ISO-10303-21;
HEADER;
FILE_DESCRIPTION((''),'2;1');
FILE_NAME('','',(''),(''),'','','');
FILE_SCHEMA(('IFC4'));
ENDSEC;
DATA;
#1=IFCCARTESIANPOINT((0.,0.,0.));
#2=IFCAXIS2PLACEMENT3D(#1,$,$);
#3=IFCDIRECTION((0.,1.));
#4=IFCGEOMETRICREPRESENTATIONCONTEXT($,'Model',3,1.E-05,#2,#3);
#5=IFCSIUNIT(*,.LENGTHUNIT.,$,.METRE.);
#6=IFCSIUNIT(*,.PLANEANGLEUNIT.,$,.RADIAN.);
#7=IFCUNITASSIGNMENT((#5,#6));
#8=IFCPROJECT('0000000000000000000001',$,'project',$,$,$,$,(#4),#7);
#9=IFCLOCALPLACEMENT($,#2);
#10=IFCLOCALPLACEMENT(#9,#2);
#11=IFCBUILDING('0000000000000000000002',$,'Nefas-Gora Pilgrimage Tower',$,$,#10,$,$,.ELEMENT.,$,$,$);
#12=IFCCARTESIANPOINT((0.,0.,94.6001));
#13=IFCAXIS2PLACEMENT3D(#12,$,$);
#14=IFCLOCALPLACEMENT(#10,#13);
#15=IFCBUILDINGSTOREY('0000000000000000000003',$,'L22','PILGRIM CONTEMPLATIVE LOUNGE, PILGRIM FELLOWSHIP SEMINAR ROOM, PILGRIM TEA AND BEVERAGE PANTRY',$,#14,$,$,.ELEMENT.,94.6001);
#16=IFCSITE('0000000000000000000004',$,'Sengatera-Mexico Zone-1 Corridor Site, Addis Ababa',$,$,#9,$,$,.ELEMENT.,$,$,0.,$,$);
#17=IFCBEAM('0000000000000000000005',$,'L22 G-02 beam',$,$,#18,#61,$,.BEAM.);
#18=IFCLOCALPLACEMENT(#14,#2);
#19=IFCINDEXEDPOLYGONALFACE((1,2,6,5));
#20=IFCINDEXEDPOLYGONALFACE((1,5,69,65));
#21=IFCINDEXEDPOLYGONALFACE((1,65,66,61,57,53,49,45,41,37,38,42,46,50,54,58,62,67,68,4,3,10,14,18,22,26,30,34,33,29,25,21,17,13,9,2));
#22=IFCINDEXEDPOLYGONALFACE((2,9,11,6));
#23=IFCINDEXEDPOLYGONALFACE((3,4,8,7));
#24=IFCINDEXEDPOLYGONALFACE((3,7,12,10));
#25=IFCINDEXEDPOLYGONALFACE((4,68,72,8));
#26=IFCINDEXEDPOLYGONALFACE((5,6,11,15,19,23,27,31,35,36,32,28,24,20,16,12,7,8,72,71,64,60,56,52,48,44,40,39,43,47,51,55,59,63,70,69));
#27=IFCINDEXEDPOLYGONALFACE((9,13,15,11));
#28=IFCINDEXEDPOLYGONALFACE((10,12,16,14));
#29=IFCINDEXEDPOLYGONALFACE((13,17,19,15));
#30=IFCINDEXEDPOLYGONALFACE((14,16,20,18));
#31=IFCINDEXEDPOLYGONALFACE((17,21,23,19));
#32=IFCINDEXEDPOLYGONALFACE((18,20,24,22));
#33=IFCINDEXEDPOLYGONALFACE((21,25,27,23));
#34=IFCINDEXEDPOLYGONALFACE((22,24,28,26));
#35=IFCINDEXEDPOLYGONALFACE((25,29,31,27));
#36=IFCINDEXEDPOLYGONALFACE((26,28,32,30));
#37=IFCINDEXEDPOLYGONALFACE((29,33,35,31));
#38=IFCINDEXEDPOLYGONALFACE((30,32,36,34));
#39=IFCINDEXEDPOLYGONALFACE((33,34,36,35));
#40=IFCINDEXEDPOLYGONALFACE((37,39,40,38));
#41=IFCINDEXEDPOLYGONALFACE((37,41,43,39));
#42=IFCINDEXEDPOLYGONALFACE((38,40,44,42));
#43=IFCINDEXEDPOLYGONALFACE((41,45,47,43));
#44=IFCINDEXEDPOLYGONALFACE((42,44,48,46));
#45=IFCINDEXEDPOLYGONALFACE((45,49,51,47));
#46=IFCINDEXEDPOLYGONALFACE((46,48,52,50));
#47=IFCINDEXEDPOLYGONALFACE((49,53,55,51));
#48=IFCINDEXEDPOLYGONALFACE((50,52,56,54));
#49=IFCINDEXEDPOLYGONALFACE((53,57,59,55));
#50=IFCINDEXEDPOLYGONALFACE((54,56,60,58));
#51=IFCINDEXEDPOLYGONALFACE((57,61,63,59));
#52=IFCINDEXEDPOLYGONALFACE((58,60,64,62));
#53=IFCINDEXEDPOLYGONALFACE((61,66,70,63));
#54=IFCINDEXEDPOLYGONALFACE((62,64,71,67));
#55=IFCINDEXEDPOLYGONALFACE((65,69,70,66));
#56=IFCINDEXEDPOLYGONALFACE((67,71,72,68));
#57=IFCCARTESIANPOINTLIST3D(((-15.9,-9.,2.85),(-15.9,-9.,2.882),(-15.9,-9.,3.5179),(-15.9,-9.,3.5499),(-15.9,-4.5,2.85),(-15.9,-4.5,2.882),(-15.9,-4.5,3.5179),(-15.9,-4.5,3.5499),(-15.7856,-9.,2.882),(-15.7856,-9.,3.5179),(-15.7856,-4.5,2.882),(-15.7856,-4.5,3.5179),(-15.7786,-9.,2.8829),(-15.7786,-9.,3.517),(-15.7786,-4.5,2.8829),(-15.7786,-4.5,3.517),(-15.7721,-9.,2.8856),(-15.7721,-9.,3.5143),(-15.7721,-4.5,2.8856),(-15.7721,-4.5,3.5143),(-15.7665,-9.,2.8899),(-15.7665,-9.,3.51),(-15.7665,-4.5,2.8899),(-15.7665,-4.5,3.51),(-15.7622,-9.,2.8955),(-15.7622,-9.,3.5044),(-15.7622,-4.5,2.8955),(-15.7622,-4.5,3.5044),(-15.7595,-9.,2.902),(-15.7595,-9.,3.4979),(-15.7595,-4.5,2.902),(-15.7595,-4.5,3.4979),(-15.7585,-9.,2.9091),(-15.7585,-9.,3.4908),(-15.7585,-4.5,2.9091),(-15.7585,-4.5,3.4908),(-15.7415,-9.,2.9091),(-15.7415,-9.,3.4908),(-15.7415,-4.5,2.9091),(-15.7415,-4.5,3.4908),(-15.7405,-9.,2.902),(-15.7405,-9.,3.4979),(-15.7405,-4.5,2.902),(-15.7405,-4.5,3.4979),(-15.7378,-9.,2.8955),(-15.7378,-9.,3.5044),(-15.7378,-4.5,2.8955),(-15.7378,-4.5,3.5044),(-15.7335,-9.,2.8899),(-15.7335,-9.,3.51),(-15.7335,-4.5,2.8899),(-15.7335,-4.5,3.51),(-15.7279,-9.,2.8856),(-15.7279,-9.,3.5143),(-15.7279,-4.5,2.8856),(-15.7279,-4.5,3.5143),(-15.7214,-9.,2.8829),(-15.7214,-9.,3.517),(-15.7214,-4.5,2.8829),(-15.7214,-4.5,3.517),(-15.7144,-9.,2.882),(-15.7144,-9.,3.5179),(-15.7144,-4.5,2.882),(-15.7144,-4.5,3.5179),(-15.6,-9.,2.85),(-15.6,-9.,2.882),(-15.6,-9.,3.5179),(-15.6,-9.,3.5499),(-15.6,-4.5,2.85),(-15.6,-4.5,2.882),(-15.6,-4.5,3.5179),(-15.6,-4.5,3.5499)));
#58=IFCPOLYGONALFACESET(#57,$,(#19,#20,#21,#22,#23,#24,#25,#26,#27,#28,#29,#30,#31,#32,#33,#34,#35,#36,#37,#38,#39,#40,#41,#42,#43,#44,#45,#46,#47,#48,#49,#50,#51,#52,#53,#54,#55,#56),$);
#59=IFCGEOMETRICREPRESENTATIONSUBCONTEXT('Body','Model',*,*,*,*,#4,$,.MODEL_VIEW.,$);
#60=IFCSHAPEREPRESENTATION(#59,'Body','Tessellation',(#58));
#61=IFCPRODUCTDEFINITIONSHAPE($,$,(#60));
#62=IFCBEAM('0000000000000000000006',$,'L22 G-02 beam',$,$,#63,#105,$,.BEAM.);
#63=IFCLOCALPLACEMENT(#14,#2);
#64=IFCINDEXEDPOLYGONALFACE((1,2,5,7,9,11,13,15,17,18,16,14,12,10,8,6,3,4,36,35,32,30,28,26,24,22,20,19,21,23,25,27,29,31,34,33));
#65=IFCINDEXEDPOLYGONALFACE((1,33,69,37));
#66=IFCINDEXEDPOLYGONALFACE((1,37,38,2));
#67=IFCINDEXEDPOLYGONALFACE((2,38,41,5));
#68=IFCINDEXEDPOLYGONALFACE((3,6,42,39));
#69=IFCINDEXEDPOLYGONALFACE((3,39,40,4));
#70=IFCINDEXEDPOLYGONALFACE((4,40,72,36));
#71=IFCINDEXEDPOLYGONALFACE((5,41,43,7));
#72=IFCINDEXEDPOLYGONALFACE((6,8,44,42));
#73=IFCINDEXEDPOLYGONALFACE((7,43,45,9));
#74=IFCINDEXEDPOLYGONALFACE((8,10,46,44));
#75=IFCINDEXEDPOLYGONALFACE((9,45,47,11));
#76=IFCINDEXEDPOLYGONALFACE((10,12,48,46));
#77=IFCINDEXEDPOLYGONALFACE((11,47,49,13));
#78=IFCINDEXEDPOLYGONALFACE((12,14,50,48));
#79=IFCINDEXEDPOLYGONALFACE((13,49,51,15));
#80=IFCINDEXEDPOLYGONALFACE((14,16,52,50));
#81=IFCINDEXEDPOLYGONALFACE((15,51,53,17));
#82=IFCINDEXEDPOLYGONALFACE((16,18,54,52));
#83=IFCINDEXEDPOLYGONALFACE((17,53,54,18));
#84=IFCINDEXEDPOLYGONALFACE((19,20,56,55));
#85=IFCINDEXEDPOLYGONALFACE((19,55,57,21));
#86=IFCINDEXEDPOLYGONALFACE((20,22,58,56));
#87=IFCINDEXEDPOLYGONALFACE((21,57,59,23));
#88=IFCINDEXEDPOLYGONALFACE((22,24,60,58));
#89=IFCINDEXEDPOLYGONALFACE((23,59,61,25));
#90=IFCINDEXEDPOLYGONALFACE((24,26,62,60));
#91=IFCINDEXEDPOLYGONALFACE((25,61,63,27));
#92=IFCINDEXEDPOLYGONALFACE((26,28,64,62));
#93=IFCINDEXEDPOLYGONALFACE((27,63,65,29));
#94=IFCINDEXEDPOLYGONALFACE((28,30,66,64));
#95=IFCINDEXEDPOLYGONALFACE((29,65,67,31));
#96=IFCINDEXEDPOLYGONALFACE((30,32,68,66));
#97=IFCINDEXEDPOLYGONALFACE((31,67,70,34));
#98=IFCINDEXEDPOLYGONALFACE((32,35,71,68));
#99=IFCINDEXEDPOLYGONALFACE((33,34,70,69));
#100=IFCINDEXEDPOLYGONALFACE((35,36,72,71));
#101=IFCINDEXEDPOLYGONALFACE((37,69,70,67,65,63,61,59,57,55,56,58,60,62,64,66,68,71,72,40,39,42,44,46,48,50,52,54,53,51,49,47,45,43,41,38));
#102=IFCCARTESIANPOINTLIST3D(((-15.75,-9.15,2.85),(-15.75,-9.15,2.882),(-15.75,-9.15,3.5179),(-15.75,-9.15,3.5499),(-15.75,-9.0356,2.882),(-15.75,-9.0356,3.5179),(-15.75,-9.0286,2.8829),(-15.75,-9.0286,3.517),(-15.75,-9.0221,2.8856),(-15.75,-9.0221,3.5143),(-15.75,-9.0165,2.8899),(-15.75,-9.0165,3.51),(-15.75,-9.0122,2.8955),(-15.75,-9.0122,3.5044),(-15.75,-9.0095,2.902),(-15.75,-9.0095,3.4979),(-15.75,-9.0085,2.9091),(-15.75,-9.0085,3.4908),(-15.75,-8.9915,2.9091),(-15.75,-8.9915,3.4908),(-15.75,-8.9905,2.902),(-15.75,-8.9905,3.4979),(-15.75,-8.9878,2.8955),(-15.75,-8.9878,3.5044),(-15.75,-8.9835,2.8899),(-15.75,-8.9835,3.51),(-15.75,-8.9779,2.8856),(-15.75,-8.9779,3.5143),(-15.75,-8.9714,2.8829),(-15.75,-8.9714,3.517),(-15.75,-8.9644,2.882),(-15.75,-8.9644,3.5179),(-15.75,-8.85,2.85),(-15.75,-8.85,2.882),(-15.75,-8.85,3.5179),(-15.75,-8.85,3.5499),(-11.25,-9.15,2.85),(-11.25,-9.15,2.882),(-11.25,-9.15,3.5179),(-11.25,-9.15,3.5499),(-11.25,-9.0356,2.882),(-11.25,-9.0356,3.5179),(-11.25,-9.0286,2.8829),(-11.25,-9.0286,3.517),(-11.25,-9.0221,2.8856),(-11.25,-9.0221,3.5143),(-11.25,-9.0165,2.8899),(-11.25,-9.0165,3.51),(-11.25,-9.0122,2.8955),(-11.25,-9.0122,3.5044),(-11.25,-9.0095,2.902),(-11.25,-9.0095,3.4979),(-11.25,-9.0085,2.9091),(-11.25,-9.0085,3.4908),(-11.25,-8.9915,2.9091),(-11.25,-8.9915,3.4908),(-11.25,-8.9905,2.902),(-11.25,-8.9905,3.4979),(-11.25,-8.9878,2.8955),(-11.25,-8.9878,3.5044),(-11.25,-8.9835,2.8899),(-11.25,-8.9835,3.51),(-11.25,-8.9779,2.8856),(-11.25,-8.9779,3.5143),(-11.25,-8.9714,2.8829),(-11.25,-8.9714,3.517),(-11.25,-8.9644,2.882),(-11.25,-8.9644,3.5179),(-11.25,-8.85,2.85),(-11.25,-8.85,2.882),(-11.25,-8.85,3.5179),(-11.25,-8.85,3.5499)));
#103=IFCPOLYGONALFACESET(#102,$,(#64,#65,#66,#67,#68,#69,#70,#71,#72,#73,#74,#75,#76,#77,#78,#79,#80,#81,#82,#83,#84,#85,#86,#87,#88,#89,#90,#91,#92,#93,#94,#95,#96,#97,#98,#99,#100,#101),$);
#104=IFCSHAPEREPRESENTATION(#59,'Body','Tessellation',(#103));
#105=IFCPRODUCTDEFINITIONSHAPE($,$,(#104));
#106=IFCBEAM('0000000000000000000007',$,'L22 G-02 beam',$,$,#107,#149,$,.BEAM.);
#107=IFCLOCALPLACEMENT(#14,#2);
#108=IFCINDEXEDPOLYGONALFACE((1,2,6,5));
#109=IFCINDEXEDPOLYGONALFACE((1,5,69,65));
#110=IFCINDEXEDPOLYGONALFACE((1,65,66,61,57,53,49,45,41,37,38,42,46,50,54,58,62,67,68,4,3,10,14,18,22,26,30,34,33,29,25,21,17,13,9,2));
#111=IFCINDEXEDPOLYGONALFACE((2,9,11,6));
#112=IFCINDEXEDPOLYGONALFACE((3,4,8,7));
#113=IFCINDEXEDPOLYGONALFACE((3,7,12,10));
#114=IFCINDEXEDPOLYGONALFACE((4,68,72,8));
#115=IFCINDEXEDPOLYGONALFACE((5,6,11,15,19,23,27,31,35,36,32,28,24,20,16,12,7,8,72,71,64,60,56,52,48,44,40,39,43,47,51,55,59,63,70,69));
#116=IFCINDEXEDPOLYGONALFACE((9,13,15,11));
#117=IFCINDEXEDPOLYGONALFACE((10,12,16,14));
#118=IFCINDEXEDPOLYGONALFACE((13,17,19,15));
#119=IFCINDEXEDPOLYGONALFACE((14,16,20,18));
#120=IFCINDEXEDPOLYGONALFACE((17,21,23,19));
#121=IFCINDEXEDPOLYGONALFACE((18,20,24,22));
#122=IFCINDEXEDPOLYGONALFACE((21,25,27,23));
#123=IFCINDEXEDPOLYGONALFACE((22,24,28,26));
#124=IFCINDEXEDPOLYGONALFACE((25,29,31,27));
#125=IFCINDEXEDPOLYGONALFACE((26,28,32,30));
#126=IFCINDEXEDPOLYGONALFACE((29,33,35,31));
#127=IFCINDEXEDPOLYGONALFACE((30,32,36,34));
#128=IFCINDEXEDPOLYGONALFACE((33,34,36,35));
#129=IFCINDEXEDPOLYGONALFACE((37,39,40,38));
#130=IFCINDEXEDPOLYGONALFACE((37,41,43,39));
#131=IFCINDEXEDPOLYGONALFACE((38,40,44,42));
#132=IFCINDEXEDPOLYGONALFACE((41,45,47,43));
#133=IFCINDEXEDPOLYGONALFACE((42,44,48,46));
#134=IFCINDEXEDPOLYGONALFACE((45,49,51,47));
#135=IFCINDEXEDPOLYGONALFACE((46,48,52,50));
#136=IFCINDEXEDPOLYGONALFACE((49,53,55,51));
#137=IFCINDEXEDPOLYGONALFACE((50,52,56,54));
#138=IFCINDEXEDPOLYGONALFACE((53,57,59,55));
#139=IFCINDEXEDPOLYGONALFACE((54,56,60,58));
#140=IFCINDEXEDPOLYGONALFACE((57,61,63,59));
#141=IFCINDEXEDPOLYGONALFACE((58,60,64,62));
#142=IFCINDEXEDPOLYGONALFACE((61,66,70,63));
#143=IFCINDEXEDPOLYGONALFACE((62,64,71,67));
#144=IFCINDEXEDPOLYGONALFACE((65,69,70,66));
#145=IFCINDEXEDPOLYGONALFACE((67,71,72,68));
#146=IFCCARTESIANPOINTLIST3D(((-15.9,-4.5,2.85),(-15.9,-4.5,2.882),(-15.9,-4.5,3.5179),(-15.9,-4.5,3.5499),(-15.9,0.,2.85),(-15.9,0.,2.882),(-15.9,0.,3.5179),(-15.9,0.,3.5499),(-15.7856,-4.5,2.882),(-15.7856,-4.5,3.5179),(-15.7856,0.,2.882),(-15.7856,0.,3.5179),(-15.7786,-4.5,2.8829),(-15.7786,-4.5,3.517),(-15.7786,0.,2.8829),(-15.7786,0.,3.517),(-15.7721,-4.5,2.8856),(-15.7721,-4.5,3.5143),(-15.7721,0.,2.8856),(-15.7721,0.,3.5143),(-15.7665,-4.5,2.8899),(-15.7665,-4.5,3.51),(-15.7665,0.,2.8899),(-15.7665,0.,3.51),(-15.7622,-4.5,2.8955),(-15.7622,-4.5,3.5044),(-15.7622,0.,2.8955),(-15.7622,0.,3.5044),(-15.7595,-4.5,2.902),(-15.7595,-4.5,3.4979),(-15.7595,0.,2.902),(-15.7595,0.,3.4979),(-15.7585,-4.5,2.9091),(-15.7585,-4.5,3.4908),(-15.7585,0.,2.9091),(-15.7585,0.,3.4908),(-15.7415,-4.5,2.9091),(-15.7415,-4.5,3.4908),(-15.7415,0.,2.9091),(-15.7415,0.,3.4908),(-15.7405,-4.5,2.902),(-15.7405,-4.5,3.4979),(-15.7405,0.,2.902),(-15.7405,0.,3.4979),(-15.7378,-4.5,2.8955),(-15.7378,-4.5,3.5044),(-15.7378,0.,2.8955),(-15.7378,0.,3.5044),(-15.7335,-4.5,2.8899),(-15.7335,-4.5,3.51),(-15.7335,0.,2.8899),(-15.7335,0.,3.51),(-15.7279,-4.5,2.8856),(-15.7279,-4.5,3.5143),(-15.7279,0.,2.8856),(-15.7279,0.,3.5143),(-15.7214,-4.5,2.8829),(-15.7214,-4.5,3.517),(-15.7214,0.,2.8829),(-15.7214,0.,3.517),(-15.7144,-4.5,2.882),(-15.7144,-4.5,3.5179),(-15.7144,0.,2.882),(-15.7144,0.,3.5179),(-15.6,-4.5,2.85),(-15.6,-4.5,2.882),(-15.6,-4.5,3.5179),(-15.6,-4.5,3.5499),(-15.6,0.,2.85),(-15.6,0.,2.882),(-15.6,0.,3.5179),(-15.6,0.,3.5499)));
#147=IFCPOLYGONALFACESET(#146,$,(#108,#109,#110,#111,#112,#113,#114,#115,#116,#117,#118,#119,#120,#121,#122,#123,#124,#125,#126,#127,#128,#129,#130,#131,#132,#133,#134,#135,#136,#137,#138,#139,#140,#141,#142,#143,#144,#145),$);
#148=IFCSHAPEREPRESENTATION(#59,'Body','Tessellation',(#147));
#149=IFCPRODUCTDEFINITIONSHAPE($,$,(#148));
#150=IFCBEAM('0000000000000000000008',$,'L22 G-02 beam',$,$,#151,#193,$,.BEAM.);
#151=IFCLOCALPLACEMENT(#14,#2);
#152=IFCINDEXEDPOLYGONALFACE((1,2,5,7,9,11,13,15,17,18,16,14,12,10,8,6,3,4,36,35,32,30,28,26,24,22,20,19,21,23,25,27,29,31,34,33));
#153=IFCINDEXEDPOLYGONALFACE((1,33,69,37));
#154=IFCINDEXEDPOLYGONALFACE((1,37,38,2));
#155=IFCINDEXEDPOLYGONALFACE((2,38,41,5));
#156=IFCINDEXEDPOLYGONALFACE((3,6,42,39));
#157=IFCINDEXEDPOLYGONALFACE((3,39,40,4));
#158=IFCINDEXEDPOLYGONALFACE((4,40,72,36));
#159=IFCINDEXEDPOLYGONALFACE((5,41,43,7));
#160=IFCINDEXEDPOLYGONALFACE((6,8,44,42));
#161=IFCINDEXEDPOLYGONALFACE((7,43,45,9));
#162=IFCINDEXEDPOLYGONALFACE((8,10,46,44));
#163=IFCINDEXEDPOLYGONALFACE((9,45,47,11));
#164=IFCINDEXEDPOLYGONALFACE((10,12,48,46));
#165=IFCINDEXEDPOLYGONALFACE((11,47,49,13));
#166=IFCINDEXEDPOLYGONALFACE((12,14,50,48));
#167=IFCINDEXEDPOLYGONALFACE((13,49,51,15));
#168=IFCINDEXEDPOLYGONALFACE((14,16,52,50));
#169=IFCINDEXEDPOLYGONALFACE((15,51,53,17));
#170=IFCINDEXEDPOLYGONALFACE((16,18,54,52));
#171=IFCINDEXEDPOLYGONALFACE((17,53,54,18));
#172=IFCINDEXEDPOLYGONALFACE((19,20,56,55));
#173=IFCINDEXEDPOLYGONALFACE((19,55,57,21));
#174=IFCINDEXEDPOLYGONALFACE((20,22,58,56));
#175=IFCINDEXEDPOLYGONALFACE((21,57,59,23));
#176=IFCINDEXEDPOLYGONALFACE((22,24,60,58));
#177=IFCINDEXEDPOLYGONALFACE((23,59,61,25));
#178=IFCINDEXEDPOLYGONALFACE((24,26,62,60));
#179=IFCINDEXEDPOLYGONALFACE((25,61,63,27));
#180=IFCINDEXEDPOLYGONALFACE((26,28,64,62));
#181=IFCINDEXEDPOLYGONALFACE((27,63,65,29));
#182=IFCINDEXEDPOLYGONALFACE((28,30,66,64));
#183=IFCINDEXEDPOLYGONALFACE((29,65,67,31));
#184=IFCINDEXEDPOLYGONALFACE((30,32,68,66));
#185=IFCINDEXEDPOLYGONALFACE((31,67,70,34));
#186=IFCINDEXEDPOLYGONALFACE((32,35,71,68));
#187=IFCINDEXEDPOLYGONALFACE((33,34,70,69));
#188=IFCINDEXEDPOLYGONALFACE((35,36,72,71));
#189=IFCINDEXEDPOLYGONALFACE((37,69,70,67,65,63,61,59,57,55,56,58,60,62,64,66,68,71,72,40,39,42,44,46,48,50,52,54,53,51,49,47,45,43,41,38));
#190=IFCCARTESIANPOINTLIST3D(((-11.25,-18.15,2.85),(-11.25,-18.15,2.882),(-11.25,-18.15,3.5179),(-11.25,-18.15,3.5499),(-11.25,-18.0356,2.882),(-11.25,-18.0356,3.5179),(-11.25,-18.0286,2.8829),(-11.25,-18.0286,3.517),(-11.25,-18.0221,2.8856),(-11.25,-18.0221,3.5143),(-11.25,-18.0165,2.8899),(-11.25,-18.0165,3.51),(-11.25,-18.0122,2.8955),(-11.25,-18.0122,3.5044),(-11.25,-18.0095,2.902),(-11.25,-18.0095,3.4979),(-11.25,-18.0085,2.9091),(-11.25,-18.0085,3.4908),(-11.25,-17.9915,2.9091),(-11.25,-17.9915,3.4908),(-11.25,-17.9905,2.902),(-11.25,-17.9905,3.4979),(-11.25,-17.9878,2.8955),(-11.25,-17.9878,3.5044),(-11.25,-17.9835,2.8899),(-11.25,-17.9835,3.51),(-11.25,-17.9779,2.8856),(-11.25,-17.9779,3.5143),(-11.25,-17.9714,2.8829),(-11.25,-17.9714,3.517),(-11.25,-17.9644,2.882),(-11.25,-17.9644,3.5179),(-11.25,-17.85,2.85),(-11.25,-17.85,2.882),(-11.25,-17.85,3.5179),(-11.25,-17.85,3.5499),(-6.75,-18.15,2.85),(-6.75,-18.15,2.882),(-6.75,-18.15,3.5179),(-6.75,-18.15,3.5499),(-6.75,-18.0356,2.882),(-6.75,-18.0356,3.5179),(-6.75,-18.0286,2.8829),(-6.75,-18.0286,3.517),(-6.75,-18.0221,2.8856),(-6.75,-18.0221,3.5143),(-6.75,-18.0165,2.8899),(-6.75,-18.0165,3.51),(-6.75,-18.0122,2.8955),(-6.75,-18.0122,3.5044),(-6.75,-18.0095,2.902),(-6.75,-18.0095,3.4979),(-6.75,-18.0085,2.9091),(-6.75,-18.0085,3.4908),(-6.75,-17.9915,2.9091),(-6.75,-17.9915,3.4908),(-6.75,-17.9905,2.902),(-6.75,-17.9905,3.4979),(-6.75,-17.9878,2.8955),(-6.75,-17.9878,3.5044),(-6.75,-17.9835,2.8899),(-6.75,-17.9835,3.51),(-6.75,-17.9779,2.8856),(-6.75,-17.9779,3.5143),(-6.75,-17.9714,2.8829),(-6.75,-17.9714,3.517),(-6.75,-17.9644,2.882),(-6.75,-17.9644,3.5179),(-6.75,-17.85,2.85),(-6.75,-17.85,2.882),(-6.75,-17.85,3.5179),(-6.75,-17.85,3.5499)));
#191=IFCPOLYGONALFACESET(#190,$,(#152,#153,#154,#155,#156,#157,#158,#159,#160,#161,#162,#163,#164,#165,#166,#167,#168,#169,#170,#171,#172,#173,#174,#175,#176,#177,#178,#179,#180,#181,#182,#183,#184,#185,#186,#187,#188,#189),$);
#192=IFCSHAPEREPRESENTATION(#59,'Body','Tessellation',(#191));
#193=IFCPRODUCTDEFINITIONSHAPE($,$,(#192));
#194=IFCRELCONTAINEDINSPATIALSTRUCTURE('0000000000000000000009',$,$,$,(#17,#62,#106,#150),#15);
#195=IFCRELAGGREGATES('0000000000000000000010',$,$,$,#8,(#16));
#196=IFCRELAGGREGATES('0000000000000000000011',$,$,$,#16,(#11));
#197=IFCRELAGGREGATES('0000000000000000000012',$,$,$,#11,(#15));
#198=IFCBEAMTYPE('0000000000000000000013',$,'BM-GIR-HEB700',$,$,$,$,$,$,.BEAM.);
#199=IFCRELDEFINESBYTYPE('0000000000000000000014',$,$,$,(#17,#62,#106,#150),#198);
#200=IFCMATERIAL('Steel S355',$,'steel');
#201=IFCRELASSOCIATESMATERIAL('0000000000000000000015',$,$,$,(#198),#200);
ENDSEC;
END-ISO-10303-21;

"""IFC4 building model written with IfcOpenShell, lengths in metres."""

from ifc_helpers import new_model, si_unit, direction, frame, origin, origin_2d, place, context, subcontext, project, spatial, i_section, extrude, source, transform, mapped, material, material_profile, profile_set, type_object, element, save


model = new_model("IFC4")

# Units and contexts
model_context = context("Model", 3, precision=1e-05, world=origin(), true_north=direction((0.0, 1.0)))
body_context = subcontext(model_context, "Body", "Model", "MODEL_VIEW")
ifc_project = project(units=[si_unit("LENGTHUNIT", "METRE"), si_unit("PLANEANGLEUNIT", "RADIAN")], contexts=[model_context])

# Site, building, storey
site_placement = place(None, origin())
site = spatial("IfcSite", under=ifc_project, at=site_placement, Name="Sengatera-Mexico Zone-1 Corridor Site, Addis Ababa", CompositionType="ELEMENT", RefElevation=0.0)
building_placement = place(site_placement, origin())
building = spatial("IfcBuilding", under=site, at=building_placement, Name="Nefas-Gora Pilgrimage Tower", CompositionType="ELEMENT")
storey_placement = place(building_placement, frame((0.0, 0.0, 94.6001)))
storey = spatial("IfcBuildingStorey", under=building, at=storey_placement, Name="L22", Description="PILGRIM CONTEMPLATIVE LOUNGE, PILGRIM FELLOWSHIP SEMINAR ROOM, PILGRIM TEA AND BEVERAGE PANTRY", CompositionType="ELEMENT", Elevation=94.6001)

# Beams
ifc_material_1 = material(Name="Steel S355", Category="steel")
ifc_material_profile_1 = material_profile(ifc_material_1, i_section(OverallWidth=0.3, OverallDepth=0.7, WebThickness=0.0171, FlangeThickness=0.032, FilletRadius=0.0271, at=origin_2d()), Name="HEB 700")
ifc_profile_set_1 = profile_set([ifc_material_profile_1], Name="Steel S355")
beam_type = type_object("IfcBeamType", Name="BM-GIR-HEB700", PredefinedType="BEAM", material=ifc_profile_set_1)
shared_shape_1 = source(origin(), body_context, "Body", "SweptSolid", [
    extrude(i_section(OverallWidth=0.3, OverallDepth=0.7, WebThickness=0.0171, FlangeThickness=0.032, FilletRadius=0.0271, at=origin_2d()), origin(), (0.0, 0.0, 1.0), 4.5),
])
for number, where, z_axis, x_axis, name in (
    (1, (-15.75, -9.0, 3.2), (0.0, 1.0, 0.0), (-1.0, 0.0, 0.0), "L22 G-02 beam"),
    (2, (-15.75, -9.0, 3.2), (1.0, 0.0, 0.0), (0.0, 1.0, 0.0), "L22 G-02 beam"),
    (3, (-15.75, -4.5, 3.2), (0.0, 1.0, 0.0), (-1.0, 0.0, 0.0), "L22 G-02 beam"),
    (4, (-11.25, -18.0, 3.2), (1.0, 0.0, 0.0), (0.0, 1.0, 0.0), "L22 G-02 beam"),
):
    element("IfcBeam", number, at=place(storey_placement, frame(where, z_axis=z_axis, x_axis=x_axis)), inside=storey, type_object=beam_type, Name=name, PredefinedType="BEAM", context=body_context, shape_type="MappedRepresentation", body=[
        mapped(shared_shape_1, transform((0.0, 0.0, 0.0), x_axis=(1.0, 0.0, 0.0), y_axis=(0.0, 1.0, 0.0), z_axis=(0.0, 0.0, 1.0), scale=1.0)),
    ])

save(model, "model.ifc")
